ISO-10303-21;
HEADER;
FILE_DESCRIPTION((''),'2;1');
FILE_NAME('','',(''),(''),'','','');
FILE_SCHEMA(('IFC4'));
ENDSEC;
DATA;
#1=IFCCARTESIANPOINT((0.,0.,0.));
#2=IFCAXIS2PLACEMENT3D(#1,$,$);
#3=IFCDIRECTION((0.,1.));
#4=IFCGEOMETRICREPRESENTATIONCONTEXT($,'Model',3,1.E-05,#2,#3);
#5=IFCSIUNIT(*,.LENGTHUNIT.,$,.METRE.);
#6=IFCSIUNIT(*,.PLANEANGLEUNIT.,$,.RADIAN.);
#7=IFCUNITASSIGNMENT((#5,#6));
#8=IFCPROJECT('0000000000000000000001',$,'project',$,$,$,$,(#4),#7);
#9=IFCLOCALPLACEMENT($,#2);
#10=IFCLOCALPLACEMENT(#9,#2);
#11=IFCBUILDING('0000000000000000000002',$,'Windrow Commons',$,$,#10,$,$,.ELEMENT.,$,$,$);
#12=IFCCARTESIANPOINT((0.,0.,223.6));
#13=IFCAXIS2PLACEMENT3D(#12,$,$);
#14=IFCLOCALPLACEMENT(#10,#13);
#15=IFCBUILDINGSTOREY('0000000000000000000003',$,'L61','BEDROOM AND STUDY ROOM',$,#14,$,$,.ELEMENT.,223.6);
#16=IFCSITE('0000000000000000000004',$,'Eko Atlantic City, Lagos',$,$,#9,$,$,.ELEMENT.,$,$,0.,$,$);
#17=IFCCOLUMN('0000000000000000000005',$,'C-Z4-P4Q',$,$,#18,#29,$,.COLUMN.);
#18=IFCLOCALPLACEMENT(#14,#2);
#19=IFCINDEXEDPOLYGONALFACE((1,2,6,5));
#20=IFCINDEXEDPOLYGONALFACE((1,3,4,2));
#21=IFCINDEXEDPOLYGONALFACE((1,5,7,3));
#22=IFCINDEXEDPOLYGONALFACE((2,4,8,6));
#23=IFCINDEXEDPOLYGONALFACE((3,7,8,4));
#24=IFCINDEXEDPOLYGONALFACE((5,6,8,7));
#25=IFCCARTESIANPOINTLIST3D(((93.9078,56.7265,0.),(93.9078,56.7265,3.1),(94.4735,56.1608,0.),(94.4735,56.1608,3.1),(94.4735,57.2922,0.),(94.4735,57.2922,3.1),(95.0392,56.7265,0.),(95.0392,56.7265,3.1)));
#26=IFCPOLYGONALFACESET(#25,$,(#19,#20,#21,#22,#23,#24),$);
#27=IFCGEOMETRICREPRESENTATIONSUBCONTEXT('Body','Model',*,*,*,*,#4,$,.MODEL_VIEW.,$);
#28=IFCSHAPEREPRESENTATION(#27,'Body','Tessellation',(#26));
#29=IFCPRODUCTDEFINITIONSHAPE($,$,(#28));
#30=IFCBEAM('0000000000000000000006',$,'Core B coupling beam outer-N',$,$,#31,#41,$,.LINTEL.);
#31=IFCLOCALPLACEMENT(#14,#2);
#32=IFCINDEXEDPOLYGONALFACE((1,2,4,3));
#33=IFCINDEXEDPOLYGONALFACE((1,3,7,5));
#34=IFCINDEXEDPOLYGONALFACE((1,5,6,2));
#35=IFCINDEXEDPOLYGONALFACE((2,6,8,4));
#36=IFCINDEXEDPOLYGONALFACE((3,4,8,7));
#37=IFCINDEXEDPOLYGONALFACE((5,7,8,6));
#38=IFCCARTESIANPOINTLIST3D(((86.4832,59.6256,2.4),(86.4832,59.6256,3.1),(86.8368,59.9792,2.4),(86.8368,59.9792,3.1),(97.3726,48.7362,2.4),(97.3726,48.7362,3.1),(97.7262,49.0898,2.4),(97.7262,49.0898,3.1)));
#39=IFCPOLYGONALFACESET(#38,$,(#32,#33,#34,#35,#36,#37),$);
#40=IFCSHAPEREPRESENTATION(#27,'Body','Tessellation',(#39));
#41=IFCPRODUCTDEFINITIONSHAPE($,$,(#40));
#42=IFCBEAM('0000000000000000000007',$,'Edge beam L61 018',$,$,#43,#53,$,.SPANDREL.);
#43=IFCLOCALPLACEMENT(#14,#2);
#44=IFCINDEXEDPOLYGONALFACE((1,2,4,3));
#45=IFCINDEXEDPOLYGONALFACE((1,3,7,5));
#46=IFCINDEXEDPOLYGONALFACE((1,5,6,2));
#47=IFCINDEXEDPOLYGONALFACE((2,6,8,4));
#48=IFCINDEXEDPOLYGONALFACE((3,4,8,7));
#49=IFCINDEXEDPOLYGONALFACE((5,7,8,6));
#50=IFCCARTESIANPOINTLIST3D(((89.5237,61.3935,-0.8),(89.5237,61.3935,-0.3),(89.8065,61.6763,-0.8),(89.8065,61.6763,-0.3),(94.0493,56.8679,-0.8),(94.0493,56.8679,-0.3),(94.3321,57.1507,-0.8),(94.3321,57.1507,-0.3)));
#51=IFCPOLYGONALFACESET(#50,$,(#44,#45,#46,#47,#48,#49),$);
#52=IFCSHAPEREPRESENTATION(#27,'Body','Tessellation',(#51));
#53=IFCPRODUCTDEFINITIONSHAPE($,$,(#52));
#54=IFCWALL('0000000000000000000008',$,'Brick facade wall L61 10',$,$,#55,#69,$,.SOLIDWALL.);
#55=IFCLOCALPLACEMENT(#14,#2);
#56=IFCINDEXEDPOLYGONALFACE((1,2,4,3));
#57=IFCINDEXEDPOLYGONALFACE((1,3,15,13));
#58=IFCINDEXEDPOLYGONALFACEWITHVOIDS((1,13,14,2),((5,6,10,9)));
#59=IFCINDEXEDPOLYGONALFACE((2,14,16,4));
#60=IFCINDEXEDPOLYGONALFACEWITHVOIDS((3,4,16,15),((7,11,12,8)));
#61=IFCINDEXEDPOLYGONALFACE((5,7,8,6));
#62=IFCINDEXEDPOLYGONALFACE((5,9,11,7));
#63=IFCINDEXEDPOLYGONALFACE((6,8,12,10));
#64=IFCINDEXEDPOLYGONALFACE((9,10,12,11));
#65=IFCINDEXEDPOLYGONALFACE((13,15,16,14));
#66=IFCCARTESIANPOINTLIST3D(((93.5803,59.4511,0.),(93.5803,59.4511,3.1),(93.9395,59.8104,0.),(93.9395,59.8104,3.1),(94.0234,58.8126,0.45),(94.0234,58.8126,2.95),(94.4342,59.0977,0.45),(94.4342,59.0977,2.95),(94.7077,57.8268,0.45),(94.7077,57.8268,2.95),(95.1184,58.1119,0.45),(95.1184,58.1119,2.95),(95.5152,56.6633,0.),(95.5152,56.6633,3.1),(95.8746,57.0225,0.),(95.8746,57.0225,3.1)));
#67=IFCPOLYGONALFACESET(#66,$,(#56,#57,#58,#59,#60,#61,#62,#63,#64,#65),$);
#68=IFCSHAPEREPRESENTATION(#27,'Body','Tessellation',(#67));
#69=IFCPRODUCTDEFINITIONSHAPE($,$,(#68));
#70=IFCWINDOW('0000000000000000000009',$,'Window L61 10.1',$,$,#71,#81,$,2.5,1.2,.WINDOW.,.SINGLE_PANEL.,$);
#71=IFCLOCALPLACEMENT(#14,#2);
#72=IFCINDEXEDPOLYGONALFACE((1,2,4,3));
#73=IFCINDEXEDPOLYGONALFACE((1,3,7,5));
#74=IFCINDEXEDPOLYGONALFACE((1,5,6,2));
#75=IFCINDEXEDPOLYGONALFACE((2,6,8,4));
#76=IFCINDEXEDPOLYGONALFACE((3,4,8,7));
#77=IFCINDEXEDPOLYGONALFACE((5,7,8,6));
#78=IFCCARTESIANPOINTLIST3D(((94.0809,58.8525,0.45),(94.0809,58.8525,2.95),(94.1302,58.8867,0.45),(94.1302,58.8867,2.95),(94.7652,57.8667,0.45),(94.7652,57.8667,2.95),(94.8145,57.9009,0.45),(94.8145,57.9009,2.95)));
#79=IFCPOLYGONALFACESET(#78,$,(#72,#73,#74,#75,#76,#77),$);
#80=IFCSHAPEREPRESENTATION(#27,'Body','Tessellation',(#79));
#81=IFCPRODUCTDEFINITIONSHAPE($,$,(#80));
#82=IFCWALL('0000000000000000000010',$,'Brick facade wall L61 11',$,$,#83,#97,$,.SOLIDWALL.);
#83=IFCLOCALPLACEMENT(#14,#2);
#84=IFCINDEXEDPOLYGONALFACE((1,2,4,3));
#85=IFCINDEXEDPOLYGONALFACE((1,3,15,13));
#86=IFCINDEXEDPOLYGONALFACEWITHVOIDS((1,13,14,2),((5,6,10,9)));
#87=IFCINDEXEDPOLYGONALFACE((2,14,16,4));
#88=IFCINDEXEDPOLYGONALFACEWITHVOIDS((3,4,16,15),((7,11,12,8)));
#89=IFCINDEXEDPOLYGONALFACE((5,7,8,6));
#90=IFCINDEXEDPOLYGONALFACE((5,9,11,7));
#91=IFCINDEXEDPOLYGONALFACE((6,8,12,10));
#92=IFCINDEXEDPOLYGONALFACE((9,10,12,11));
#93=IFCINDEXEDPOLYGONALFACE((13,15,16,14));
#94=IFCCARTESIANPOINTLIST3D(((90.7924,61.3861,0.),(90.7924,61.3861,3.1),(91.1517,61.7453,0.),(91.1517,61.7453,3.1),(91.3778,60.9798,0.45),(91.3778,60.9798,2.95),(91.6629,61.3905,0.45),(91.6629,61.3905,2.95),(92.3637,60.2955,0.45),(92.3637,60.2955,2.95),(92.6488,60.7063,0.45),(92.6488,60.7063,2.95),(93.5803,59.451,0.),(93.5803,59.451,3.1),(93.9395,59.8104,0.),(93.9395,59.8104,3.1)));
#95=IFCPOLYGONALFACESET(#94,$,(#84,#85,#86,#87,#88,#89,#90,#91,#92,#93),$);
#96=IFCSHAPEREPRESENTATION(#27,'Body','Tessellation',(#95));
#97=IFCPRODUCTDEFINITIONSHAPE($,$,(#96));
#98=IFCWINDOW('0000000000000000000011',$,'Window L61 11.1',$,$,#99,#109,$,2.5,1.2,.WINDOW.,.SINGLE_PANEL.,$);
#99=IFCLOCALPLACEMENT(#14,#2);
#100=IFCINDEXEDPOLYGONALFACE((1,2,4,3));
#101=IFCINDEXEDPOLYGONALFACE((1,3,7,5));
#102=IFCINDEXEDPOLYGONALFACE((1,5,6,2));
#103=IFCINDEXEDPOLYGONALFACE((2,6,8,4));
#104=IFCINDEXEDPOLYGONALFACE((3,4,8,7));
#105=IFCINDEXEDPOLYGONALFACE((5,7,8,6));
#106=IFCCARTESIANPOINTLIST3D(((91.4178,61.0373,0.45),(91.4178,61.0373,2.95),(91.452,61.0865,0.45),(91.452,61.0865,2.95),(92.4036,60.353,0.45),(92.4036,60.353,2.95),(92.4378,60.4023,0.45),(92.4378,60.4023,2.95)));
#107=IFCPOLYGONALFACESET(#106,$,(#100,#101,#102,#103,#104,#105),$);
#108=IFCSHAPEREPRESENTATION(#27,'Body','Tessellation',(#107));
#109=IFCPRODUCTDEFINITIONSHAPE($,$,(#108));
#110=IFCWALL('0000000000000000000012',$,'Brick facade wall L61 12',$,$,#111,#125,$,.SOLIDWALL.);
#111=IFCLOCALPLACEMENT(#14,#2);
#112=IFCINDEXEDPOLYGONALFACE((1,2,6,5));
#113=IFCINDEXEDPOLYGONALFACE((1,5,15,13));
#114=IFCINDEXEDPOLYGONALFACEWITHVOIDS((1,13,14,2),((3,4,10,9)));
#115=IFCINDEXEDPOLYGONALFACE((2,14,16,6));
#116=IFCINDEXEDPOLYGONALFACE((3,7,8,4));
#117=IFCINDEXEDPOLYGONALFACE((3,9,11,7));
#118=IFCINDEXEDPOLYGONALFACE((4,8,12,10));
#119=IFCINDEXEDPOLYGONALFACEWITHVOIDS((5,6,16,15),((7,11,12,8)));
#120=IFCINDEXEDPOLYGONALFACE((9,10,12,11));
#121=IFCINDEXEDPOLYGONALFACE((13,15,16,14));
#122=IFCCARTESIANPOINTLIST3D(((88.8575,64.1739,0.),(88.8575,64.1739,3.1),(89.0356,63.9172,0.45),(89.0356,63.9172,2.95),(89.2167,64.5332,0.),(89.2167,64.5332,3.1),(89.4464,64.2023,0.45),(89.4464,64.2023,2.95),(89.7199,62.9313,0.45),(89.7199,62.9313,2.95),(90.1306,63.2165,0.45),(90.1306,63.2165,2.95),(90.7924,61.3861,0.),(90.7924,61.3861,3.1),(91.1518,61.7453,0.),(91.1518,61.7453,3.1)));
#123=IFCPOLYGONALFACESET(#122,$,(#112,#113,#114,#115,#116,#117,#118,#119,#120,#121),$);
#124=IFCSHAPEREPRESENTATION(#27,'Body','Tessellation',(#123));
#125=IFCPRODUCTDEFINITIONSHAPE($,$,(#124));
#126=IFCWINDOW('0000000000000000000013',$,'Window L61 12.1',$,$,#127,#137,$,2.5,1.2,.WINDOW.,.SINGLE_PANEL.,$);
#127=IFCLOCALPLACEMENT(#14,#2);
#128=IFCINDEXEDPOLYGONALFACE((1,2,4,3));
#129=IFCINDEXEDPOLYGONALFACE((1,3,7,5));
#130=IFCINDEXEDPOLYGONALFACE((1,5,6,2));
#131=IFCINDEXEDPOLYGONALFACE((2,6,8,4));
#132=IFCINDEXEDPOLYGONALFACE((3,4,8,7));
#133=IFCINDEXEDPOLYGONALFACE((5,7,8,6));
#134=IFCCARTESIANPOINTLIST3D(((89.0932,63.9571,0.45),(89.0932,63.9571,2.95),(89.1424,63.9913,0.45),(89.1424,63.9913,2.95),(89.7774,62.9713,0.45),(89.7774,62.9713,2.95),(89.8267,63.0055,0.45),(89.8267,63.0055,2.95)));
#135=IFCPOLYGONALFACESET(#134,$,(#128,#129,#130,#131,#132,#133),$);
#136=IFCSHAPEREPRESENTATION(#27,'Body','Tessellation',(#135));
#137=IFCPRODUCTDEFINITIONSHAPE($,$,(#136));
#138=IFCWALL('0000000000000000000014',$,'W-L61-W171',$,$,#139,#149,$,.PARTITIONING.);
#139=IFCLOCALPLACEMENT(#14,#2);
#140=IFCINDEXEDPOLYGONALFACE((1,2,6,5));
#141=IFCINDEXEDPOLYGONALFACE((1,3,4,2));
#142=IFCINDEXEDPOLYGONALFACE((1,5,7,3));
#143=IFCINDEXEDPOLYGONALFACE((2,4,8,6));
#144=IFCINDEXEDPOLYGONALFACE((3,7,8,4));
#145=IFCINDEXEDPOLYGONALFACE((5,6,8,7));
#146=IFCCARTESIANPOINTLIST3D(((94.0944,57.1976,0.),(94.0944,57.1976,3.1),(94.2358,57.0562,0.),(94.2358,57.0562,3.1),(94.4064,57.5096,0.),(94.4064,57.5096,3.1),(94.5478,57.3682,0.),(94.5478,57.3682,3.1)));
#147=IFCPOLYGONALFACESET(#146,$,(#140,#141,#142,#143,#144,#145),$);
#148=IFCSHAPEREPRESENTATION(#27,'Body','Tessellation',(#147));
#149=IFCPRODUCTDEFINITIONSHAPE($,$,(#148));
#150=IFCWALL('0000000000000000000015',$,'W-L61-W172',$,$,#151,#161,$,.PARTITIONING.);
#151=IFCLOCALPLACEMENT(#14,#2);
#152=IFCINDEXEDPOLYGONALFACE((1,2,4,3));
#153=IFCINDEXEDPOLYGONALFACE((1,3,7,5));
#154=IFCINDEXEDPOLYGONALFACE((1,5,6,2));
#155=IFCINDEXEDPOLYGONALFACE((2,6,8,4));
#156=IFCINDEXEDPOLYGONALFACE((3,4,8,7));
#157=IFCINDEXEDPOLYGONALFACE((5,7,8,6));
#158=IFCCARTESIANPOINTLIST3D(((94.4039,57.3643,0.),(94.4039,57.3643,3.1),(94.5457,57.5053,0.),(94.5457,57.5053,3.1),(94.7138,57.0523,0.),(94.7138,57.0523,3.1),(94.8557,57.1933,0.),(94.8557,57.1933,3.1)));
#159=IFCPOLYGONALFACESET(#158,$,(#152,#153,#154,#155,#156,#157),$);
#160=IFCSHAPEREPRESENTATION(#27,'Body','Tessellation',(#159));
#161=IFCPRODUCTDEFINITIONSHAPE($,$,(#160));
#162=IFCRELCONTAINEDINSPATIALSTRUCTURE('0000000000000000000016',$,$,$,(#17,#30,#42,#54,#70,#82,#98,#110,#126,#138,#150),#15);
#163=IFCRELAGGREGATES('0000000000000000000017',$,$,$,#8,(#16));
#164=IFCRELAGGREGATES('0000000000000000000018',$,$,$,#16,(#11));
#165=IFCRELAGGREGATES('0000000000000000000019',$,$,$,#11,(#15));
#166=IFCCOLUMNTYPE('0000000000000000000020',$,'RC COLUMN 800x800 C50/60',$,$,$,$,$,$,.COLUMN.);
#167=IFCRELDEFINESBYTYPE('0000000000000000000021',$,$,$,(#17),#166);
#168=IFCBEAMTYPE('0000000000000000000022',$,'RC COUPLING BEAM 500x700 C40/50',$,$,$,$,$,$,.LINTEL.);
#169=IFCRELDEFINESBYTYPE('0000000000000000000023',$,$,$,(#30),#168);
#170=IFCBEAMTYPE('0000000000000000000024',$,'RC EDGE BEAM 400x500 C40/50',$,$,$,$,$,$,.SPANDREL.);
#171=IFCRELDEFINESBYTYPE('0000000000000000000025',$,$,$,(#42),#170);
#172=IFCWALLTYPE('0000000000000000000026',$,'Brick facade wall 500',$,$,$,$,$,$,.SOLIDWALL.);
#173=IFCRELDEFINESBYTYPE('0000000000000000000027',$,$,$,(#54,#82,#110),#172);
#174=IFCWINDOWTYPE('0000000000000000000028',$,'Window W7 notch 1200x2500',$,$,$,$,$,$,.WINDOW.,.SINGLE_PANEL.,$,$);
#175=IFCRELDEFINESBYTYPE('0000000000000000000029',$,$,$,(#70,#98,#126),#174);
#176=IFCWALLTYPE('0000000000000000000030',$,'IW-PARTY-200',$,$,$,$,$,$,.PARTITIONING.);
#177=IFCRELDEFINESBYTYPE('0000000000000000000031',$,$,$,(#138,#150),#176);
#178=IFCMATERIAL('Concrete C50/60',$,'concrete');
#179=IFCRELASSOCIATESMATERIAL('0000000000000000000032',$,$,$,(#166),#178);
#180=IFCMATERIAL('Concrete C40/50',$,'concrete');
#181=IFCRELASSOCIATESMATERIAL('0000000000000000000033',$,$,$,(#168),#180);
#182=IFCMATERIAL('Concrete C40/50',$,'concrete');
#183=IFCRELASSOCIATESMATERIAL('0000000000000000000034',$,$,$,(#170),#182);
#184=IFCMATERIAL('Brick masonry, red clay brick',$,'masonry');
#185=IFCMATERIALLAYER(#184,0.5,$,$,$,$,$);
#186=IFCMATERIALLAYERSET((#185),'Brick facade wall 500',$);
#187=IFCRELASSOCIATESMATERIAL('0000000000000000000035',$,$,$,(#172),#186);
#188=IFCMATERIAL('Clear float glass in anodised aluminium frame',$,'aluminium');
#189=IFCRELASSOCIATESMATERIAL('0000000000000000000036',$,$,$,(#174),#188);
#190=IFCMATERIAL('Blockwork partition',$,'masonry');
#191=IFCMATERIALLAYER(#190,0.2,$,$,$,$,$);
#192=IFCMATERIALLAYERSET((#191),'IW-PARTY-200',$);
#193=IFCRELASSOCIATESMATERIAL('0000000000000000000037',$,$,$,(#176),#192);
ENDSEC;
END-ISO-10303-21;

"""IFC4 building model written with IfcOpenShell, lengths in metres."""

from ifc_helpers import new_model, si_unit, direction, frame, frame_2d, origin, origin_2d, place, context, subcontext, project, spatial, polyline, rectangle, outline, extrude, material, layer, layer_set, material_profile, profile_set, type_object, element, fill, save


model = new_model("IFC4")

# Units and contexts
model_context = context("Model", 3, precision=1e-05, world=origin(), true_north=direction((0.0, 1.0)))
body_context = subcontext(model_context, "Body", "Model", "MODEL_VIEW")
ifc_project = project(units=[si_unit("LENGTHUNIT", "METRE"), si_unit("PLANEANGLEUNIT", "RADIAN")], contexts=[model_context])

# Site, building, storey
site_placement = place(None, origin())
site = spatial("IfcSite", under=ifc_project, at=site_placement, Name="Eko Atlantic City, Lagos", CompositionType="ELEMENT", RefElevation=0.0)
building_placement = place(site_placement, origin())
building = spatial("IfcBuilding", under=site, at=building_placement, Name="Windrow Commons", CompositionType="ELEMENT")
storey_placement = place(building_placement, frame((0.0, 0.0, 223.6)))
storey = spatial("IfcBuildingStorey", under=building, at=storey_placement, Name="L61", Description="BEDROOM AND STUDY ROOM", CompositionType="ELEMENT", Elevation=223.6)

# Column
ifc_material_1 = material(Name="Concrete C50/60", Category="concrete")
ifc_material_profile_1 = material_profile(ifc_material_1, rectangle(XDim=0.8, YDim=0.8, at=origin_2d()))
ifc_profile_set_1 = profile_set([ifc_material_profile_1], Name="Concrete C50/60")
column_type = type_object("IfcColumnType", Name="RC COLUMN 800x800 C50/60", PredefinedType="COLUMN", material=ifc_profile_set_1)
column_placement = place(storey_placement, frame((94.4735, 56.7265, 0.0), z_axis=(0.0, 0.0, 1.0), x_axis=(0.707107, -0.707107, 0.0)))
element("IfcColumn", 1, at=column_placement, inside=storey, type_object=column_type, Name="C-Z4-P4Q", PredefinedType="COLUMN", context=body_context, shape_type="SweptSolid", body=[
    extrude(rectangle(XDim=0.8, YDim=0.8, at=origin_2d()), origin(), (0.0, 0.0, 1.0), 3.1),
])

# Beams
ifc_material_2 = material(Name="Concrete C40/50", Category="concrete")
ifc_material_profile_2 = material_profile(ifc_material_2, rectangle(XDim=0.5, YDim=0.7, at=origin_2d()))
ifc_profile_set_2 = profile_set([ifc_material_profile_2], Name="Concrete C40/50")
beam_type_1 = type_object("IfcBeamType", Name="RC COUPLING BEAM 500x700 C40/50", PredefinedType="LINTEL", material=ifc_profile_set_2)
beam_1_placement = place(storey_placement, frame((86.66, 59.8024, 2.75), z_axis=(0.707107, -0.707107, 0.0), x_axis=(0.707107, 0.707107, 0.0)))
element("IfcBeam", 2, at=beam_1_placement, inside=storey, type_object=beam_type_1, Name="Core B coupling beam outer-N", PredefinedType="LINTEL", context=body_context, shape_type="SweptSolid", body=[
    extrude(rectangle(XDim=0.5, YDim=0.7, at=origin_2d()), origin(), (0.0, 0.0, 1.0), 15.3999),
])
ifc_material_3 = material(Name="Concrete C40/50", Category="concrete")
ifc_material_profile_3 = material_profile(ifc_material_3, rectangle(XDim=0.4, YDim=0.5, at=origin_2d()))
ifc_profile_set_3 = profile_set([ifc_material_profile_3], Name="Concrete C40/50")
beam_type_2 = type_object("IfcBeamType", Name="RC EDGE BEAM 400x500 C40/50", PredefinedType="SPANDREL", material=ifc_profile_set_3)
beam_2_placement = place(storey_placement, frame((89.6651, 61.5349, -0.55), z_axis=(0.707107, -0.707107, 0.0), x_axis=(0.707107, 0.707107, 0.0)))
element("IfcBeam", 3, at=beam_2_placement, inside=storey, type_object=beam_type_2, Name="Edge beam L61 018", PredefinedType="SPANDREL", context=body_context, shape_type="SweptSolid", body=[
    extrude(rectangle(XDim=0.4, YDim=0.5, at=origin_2d()), origin(), (0.0, 0.0, 1.0), 6.4002),
])

# Walls, openings, windows
ifc_material_4 = material(Name="Brick masonry, red clay brick", Category="masonry")
ifc_layer_1 = layer(ifc_material_4, 0.5)
ifc_layer_set_1 = layer_set([ifc_layer_1], Name="Brick facade wall 500")
wall_type_1 = type_object("IfcWallType", Name="Brick facade wall 500", PredefinedType="SOLIDWALL", material=ifc_layer_set_1)
wall_1_placement = place(storey_placement, frame((95.6949, 56.8429, 0.0), z_axis=(0.0, 0.0, 1.0), x_axis=(-0.570203, 0.821504, 0.0)))
wall_1 = element("IfcWall", 4, at=wall_1_placement, inside=storey, type_object=wall_type_1, Name="Brick facade wall L61 10", PredefinedType="SOLIDWALL", context=body_context, shape_type="SweptSolid", body=[
    extrude(outline(polyline([(0.0451, -0.25), (3.4387, -0.25), (3.3484, 0.25), (-0.0451, 0.25), (0.0451, -0.25)])), origin(), (0.0, 0.0, 1.0), 3.1),
])
opening_1_placement = place(wall_1_placement, frame((1.3712, 0.0, 0.45)))
opening_1 = element("IfcOpeningElement", 5, at=opening_1_placement, cuts=wall_1, PredefinedType="OPENING", context=body_context, shape_type="SweptSolid", body=[
    extrude(rectangle(XDim=1.2, YDim=2.5, at=frame_2d((0.6, 1.25))), frame((0.0, 0.26, 0.0), z_axis=(0.0, -1.0, 0.0), x_axis=(1.0, 0.0, 0.0)), (0.0, 0.0, 1.0), 0.52),
])
ifc_material_5 = material(Name="Clear float glass in anodised aluminium frame", Category="aluminium")
window_type = type_object("IfcWindowType", Name="Window W7 notch 1200x2500", PartitioningType="SINGLE_PANEL", PredefinedType="WINDOW", material=ifc_material_5)
window_1_placement = place(opening_1_placement, origin())
window_1 = element("IfcWindow", 6, at=window_1_placement, inside=storey, type_object=window_type, Name="Window L61 10.1", OverallHeight=2.5, OverallWidth=1.2, PartitioningType="SINGLE_PANEL", PredefinedType="WINDOW", context=body_context, shape_type="SweptSolid", body=[
    extrude(rectangle(XDim=1.2, YDim=2.5, at=frame_2d((0.6, 1.25))), frame((0.0, 0.18, 0.0), z_axis=(0.0, -1.0, 0.0), x_axis=(1.0, 0.0, 0.0)), (0.0, 0.0, 1.0), 0.06),
])
fill(opening_1, window_1)
wall_2_placement = place(storey_placement, frame((93.7599, 59.6307, 0.0), z_axis=(0.0, 0.0, 1.0), x_axis=(-0.821504, 0.570203, 0.0)))
wall_2 = element("IfcWall", 7, at=wall_2_placement, inside=storey, type_object=wall_type_1, Name="Brick facade wall L61 11", PredefinedType="SOLIDWALL", context=body_context, shape_type="SweptSolid", body=[
    extrude(outline(polyline([(-0.0451, -0.25), (3.3484, -0.25), (3.4387, 0.25), (0.0451, 0.25), (-0.0451, -0.25)])), origin(), (0.0, 0.0, 1.0), 3.1),
])
opening_2_placement = place(wall_2_placement, frame((1.5261, 0.0, 0.45)))
opening_2 = element("IfcOpeningElement", 8, at=opening_2_placement, cuts=wall_2, PredefinedType="OPENING", context=body_context, shape_type="SweptSolid", body=[
    extrude(rectangle(XDim=1.2, YDim=2.5, at=frame_2d((0.6, 1.25))), frame((0.0, 0.26, 0.0), z_axis=(0.0, -1.0, 0.0), x_axis=(1.0, 0.0, 0.0)), (0.0, 0.0, 1.0), 0.52),
])
window_2_placement = place(opening_2_placement, origin())
window_2 = element("IfcWindow", 9, at=window_2_placement, inside=storey, type_object=window_type, Name="Window L61 11.1", OverallHeight=2.5, OverallWidth=1.2, PartitioningType="SINGLE_PANEL", PredefinedType="WINDOW", context=body_context, shape_type="SweptSolid", body=[
    extrude(rectangle(XDim=1.2, YDim=2.5, at=frame_2d((0.6, 1.25))), frame((0.0, 0.18, 0.0), z_axis=(0.0, -1.0, 0.0), x_axis=(1.0, 0.0, 0.0)), (0.0, 0.0, 1.0), 0.06),
])
fill(opening_2, window_2)
wall_3_placement = place(storey_placement, frame((90.9721, 61.5657, 0.0), z_axis=(0.0, 0.0, 1.0), x_axis=(-0.570203, 0.821504, 0.0)))
wall_3 = element("IfcWall", 10, at=wall_3_placement, inside=storey, type_object=wall_type_1, Name="Brick facade wall L61 12", PredefinedType="SOLIDWALL", context=body_context, shape_type="SweptSolid", body=[
    extrude(outline(polyline([(0.0451, -0.25), (3.4387, -0.25), (3.3484, 0.25), (-0.0451, 0.25), (0.0451, -0.25)])), origin(), (0.0, 0.0, 1.0), 3.1),
])
opening_3_placement = place(wall_3_placement, frame((1.8359, 0.0, 0.45)))
opening_3 = element("IfcOpeningElement", 11, at=opening_3_placement, cuts=wall_3, PredefinedType="OPENING", context=body_context, shape_type="SweptSolid", body=[
    extrude(rectangle(XDim=1.2, YDim=2.5, at=frame_2d((0.6, 1.25))), frame((0.0, 0.26, 0.0), z_axis=(0.0, -1.0, 0.0), x_axis=(1.0, 0.0, 0.0)), (0.0, 0.0, 1.0), 0.52),
])
window_3_placement = place(opening_3_placement, origin())
window_3 = element("IfcWindow", 12, at=window_3_placement, inside=storey, type_object=window_type, Name="Window L61 12.1", OverallHeight=2.5, OverallWidth=1.2, PartitioningType="SINGLE_PANEL", PredefinedType="WINDOW", context=body_context, shape_type="SweptSolid", body=[
    extrude(rectangle(XDim=1.2, YDim=2.5, at=frame_2d((0.6, 1.25))), frame((0.0, 0.18, 0.0), z_axis=(0.0, -1.0, 0.0), x_axis=(1.0, 0.0, 0.0)), (0.0, 0.0, 1.0), 0.06),
])
fill(opening_3, window_3)

# Walls
ifc_material_6 = material(Name="Blockwork partition", Category="masonry")
ifc_layer_2 = layer(ifc_material_6, 0.2)
ifc_layer_set_2 = layer_set([ifc_layer_2], Name="IW-PARTY-200")
wall_type_2 = type_object("IfcWallType", Name="IW-PARTY-200", PredefinedType="PARTITIONING", material=ifc_layer_set_2)
wall_4_placement = place(storey_placement, frame((94.1651, 57.1269, 0.0), z_axis=(0.0, 0.0, 1.0), x_axis=(0.707107, 0.707107, 0.0)))
element("IfcWall", 13, at=wall_4_placement, inside=storey, type_object=wall_type_2, Name="W-L61-W171", PredefinedType="PARTITIONING", context=body_context, shape_type="SweptSolid", body=[
    extrude(rectangle(XDim=0.4412, YDim=0.2, at=frame_2d((0.2206, 0.0))), origin(), (0.0, 0.0, 1.0), 3.1),
])
wall_5_placement = place(storey_placement, frame((94.4748, 57.4348, 0.0), z_axis=(0.0, 0.0, 1.0), x_axis=(0.704829, -0.709377, 0.0)))
element("IfcWall", 14, at=wall_5_placement, inside=storey, type_object=wall_type_2, Name="W-L61-W172", PredefinedType="PARTITIONING", context=body_context, shape_type="SweptSolid", body=[
    extrude(rectangle(XDim=0.4398, YDim=0.2, at=frame_2d((0.2199, 0.0))), origin(), (0.0, 0.0, 1.0), 3.1),
])

save(model, "model.ifc")
